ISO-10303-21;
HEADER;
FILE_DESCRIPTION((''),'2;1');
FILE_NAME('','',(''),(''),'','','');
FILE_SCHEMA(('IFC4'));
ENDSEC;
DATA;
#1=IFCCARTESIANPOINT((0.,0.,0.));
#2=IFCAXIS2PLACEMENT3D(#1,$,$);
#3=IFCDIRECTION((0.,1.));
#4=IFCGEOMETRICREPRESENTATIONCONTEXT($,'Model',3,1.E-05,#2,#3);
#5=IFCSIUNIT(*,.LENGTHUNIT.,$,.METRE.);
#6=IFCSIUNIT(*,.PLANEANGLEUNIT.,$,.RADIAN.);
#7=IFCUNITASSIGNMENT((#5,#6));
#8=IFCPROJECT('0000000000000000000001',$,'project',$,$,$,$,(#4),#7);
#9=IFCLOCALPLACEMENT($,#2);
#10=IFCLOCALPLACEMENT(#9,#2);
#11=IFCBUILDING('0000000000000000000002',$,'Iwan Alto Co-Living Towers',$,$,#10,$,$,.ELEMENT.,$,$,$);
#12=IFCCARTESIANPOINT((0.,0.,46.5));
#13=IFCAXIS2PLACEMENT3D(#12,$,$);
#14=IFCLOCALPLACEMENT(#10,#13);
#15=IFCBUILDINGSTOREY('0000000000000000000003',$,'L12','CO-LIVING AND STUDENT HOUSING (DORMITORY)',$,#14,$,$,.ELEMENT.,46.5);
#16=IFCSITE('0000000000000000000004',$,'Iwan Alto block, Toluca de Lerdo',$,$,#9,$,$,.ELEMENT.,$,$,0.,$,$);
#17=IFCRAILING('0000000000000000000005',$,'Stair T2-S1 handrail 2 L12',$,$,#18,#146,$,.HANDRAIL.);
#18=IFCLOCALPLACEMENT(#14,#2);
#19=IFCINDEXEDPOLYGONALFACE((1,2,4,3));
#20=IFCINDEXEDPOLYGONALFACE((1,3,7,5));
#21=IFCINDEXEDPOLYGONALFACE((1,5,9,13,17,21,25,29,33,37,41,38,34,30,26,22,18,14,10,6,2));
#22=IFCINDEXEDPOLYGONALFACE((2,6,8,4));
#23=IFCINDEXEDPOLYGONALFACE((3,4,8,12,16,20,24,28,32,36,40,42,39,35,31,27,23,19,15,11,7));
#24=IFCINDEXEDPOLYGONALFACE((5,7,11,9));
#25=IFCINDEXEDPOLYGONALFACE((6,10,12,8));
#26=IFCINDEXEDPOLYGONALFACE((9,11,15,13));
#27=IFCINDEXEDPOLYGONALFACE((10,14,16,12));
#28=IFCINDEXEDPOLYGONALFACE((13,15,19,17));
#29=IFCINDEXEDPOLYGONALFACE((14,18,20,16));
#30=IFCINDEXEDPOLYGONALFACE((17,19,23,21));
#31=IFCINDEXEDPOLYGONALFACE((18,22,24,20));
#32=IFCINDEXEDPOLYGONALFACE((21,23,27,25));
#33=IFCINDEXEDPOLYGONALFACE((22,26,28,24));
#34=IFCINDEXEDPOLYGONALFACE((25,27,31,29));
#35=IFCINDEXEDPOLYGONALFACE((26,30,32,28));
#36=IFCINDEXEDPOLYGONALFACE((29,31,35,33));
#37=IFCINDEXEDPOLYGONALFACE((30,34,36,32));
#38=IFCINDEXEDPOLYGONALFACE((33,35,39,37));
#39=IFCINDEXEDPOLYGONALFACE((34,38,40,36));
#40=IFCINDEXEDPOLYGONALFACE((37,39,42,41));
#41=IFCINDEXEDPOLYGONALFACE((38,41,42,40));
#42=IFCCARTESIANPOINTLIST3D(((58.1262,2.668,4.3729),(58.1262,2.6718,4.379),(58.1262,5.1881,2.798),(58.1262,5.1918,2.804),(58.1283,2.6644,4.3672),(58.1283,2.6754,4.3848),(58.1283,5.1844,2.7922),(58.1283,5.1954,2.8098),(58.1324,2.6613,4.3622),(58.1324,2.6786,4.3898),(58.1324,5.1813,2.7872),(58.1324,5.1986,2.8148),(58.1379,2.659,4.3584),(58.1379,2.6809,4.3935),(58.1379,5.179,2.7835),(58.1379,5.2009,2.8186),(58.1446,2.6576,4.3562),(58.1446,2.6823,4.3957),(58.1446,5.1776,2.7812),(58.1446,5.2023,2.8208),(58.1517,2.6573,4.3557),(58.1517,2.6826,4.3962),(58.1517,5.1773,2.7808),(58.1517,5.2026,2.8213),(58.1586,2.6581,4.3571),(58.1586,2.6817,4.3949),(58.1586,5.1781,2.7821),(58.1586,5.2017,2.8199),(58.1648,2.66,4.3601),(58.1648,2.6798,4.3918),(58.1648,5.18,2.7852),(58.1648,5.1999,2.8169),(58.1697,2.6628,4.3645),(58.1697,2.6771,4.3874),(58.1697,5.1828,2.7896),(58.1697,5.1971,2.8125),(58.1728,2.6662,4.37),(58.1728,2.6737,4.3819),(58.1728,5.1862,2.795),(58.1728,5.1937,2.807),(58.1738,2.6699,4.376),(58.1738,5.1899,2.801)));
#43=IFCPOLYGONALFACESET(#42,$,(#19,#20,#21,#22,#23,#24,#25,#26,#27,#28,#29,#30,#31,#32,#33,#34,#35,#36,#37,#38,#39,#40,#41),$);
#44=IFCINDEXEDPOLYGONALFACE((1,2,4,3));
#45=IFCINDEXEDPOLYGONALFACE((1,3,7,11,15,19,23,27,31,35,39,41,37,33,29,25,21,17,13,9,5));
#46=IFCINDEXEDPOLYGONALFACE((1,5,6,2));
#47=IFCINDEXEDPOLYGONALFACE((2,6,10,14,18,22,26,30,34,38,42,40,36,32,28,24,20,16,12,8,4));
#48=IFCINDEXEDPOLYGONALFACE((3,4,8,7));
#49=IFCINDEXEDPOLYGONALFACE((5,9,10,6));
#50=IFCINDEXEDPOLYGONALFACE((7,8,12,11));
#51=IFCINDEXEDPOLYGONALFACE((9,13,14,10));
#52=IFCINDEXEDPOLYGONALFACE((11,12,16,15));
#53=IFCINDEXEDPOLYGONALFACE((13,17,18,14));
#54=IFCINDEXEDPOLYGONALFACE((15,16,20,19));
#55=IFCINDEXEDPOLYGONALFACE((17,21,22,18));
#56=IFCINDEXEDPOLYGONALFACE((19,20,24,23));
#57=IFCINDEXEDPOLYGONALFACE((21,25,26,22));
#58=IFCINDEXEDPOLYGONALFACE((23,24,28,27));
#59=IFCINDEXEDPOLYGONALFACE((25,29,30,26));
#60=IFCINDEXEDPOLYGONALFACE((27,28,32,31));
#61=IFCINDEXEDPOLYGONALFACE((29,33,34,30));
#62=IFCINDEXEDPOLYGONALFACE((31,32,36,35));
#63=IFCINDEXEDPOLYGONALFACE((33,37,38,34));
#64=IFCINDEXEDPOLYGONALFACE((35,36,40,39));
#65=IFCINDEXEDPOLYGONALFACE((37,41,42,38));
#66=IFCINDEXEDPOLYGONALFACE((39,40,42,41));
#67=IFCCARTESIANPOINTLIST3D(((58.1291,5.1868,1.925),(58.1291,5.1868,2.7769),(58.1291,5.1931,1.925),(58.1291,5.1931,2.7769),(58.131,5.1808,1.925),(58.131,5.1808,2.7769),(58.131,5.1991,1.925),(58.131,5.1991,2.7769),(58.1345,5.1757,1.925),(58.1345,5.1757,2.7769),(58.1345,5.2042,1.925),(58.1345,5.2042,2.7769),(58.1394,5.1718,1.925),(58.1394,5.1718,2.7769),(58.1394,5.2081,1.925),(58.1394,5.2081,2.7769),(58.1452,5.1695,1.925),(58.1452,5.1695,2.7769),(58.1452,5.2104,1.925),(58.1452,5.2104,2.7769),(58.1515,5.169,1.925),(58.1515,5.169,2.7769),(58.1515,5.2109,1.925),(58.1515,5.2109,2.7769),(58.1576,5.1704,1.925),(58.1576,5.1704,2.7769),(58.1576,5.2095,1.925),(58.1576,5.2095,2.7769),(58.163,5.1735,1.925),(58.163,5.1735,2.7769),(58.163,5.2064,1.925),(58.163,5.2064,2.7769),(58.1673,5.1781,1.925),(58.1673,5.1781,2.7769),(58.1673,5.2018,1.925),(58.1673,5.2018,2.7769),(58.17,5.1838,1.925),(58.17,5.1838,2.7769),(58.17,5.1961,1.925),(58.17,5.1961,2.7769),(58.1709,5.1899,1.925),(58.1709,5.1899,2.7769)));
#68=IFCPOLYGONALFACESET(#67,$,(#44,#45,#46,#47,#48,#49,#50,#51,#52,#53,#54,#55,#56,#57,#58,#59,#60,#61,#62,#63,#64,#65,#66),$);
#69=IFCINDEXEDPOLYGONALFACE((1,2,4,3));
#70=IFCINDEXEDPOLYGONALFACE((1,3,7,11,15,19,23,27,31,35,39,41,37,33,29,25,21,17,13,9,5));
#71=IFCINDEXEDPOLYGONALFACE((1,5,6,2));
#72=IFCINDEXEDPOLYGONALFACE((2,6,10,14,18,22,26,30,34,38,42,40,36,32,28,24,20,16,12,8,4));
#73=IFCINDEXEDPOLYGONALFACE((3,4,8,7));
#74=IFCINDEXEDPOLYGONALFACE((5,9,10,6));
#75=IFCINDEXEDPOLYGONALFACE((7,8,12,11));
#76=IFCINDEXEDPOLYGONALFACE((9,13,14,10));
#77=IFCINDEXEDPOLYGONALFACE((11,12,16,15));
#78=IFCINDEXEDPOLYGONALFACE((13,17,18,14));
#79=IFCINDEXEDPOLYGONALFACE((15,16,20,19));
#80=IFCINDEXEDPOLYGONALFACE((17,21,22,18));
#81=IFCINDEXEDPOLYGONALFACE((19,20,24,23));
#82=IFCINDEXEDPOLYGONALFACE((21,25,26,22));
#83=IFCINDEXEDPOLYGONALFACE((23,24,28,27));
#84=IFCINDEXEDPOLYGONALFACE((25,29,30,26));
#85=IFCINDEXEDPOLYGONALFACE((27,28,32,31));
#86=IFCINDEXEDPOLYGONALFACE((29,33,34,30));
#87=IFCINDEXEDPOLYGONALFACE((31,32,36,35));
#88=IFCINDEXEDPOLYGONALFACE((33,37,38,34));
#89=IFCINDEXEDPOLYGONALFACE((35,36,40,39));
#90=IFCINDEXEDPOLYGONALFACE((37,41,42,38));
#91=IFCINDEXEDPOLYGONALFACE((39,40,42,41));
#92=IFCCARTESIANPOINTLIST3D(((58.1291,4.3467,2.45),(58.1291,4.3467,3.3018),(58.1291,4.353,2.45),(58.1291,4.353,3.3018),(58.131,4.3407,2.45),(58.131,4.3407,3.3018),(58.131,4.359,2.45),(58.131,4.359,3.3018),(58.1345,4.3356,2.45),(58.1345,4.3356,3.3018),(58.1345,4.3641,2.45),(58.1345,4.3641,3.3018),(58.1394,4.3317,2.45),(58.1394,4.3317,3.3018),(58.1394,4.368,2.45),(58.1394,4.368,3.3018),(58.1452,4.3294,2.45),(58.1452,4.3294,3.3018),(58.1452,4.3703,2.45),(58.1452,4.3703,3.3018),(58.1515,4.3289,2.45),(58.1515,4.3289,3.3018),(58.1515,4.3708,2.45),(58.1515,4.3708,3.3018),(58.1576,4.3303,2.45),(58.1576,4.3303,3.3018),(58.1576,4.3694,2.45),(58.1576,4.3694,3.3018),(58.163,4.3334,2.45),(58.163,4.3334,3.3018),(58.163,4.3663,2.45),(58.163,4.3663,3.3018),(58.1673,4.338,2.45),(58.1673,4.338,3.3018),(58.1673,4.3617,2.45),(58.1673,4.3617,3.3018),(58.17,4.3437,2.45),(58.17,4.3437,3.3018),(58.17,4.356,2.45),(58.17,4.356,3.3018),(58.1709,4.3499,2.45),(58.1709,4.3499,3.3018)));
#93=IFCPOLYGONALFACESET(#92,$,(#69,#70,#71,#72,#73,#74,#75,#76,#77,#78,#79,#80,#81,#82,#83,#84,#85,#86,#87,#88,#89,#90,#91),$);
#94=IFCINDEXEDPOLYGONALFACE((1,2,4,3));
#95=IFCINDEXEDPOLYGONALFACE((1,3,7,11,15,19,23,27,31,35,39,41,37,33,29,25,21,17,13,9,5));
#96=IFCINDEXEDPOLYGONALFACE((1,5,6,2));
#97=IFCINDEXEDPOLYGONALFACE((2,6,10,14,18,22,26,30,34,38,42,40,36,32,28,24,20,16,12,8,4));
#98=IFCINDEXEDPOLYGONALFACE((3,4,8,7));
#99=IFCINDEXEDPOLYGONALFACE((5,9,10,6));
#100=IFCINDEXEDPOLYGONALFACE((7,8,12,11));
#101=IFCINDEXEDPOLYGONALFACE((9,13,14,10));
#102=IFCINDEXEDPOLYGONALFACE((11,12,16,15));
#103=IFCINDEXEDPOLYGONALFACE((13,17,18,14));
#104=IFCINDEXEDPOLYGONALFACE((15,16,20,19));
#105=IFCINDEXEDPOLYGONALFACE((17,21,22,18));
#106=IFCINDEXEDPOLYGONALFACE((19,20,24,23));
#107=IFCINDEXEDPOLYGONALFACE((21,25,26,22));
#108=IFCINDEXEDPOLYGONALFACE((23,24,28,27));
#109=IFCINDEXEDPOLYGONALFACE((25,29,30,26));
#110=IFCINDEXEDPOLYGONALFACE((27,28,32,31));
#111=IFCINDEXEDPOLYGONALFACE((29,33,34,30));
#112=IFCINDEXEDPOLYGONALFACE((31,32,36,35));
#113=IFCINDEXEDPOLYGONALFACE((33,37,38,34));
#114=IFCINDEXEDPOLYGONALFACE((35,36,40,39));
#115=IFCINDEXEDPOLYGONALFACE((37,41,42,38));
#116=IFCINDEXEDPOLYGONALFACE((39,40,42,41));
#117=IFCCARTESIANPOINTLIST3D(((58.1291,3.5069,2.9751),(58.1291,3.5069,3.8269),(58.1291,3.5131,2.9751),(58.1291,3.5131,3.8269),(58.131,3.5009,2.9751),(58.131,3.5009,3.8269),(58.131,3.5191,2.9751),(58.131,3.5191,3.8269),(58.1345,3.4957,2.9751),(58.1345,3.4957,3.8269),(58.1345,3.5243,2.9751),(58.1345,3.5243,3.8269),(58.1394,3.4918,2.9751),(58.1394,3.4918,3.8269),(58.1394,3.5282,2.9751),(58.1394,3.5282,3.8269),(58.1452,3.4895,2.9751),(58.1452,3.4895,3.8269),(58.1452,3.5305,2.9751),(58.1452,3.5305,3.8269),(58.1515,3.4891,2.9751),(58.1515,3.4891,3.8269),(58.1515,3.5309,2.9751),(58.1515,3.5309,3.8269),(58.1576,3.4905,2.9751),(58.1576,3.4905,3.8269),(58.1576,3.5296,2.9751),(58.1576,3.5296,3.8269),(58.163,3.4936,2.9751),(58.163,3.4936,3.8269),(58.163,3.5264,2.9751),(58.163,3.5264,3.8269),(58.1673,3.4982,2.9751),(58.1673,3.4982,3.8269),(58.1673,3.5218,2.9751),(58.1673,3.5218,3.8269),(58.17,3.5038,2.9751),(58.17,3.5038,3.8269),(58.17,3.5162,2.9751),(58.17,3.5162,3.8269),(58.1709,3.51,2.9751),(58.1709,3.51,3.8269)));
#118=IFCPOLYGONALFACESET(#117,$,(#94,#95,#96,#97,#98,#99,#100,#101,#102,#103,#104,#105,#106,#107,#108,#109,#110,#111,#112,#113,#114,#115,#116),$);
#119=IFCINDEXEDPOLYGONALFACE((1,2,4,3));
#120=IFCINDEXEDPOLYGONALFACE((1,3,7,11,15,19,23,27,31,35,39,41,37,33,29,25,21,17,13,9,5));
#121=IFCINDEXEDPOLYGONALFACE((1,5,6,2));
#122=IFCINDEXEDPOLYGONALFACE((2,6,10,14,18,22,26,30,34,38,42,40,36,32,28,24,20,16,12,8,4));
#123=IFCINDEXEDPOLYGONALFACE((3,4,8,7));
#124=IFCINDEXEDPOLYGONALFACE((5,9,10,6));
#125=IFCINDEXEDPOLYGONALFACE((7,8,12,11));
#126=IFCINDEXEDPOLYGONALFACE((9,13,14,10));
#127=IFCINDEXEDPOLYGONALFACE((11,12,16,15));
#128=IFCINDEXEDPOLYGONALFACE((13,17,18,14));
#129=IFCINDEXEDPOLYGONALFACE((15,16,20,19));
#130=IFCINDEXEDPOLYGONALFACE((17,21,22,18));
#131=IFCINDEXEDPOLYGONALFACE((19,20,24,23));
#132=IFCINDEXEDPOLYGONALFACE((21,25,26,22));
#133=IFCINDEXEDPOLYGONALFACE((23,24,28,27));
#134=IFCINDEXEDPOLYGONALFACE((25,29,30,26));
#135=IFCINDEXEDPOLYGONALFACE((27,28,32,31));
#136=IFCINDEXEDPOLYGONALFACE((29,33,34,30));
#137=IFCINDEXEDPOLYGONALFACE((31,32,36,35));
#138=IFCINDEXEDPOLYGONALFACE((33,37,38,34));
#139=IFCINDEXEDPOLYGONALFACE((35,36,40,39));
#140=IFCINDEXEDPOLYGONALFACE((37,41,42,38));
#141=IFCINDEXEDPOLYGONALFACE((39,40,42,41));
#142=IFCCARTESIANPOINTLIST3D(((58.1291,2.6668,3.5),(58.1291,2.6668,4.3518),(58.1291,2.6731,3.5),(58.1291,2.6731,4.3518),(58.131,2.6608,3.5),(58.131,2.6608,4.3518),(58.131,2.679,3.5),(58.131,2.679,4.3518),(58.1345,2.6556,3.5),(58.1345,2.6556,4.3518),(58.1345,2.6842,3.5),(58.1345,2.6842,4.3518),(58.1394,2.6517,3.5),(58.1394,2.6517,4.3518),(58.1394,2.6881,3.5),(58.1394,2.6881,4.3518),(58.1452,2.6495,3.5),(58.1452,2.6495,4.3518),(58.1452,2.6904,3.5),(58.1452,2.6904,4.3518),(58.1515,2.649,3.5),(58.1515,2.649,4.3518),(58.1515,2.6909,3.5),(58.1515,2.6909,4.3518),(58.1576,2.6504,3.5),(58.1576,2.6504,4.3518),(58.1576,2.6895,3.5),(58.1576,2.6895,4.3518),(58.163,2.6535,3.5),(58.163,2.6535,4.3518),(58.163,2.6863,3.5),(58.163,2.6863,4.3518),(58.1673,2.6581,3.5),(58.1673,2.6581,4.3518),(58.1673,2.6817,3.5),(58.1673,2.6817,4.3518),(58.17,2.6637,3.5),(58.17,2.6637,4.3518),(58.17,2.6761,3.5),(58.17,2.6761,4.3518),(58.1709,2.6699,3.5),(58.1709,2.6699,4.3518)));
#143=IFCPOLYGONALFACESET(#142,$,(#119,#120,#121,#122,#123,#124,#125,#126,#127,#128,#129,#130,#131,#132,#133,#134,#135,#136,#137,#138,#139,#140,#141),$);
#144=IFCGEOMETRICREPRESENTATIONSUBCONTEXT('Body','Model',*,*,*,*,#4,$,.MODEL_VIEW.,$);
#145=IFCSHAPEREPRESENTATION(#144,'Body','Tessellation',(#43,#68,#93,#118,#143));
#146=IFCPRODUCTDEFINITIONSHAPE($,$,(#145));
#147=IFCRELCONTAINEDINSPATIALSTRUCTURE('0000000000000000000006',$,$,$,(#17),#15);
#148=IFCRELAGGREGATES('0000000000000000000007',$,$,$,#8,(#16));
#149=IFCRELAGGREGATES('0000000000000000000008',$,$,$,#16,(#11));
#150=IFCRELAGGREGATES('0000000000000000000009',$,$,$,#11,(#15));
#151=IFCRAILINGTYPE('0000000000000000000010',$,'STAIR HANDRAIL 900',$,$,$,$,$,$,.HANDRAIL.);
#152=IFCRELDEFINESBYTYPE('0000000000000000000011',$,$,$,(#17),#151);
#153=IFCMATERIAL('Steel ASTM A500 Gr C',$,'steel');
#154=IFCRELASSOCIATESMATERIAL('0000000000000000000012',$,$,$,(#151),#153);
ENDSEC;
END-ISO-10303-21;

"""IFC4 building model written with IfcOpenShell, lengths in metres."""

from ifc_helpers import new_model, si_unit, direction, frame, origin, origin_2d, place, context, subcontext, project, spatial, circle, extrude, material, type_object, element, save


model = new_model("IFC4")

# Units and contexts
model_context = context("Model", 3, precision=1e-05, world=origin(), true_north=direction((0.0, 1.0)))
body_context = subcontext(model_context, "Body", "Model", "MODEL_VIEW")
ifc_project = project(units=[si_unit("LENGTHUNIT", "METRE"), si_unit("PLANEANGLEUNIT", "RADIAN")], contexts=[model_context])

# Site, building, storey
site_placement = place(None, origin())
site = spatial("IfcSite", under=ifc_project, at=site_placement, Name="Iwan Alto block, Toluca de Lerdo", CompositionType="ELEMENT", RefElevation=0.0)
building_placement = place(site_placement, origin())
building = spatial("IfcBuilding", under=site, at=building_placement, Name="Iwan Alto Co-Living Towers", CompositionType="ELEMENT")
storey_placement = place(building_placement, frame((0.0, 0.0, 46.5)))
storey = spatial("IfcBuildingStorey", under=building, at=storey_placement, Name="L12", Description="CO-LIVING AND STUDENT HOUSING (DORMITORY)", CompositionType="ELEMENT", Elevation=46.5)

# Railing
ifc_material_1 = material(Name="Steel ASTM A500 Gr C", Category="steel")
railing_type_1 = type_object("IfcRailingType", Name="STAIR HANDRAIL 900", PredefinedType="HANDRAIL", material=ifc_material_1)
railing_1_placement = place(storey_placement, frame((58.1499, 5.1899, 1.925)))
element("IfcRailing", 1, at=railing_1_placement, inside=storey, type_object=railing_type_1, Name="Stair T2-S1 handrail 2 L12", PredefinedType="HANDRAIL", context=body_context, shape_type="SweptSolid", body=[
    extrude(circle(Radius=0.0239, at=origin_2d()), frame((0.0, 0.0, 0.876), z_axis=(0.0, -0.848008, 0.529984), x_axis=(1.0, 0.0, 0.0)), (0.0, 0.0, 1.0), 2.9717),
    extrude(circle(Radius=0.021, at=origin_2d()), origin(), (0.0, 0.0, 1.0), 0.8518),
    extrude(circle(Radius=0.021, at=origin_2d()), frame((0.0, -0.8401, 0.5249)), (0.0, 0.0, 1.0), 0.8518),
    extrude(circle(Radius=0.021, at=origin_2d()), frame((0.0, -1.6799, 1.05)), (0.0, 0.0, 1.0), 0.8518),
    extrude(circle(Radius=0.021, at=origin_2d()), frame((0.0, -2.52, 1.575)), (0.0, 0.0, 1.0), 0.8518),
])

save(model, "model.ifc")
